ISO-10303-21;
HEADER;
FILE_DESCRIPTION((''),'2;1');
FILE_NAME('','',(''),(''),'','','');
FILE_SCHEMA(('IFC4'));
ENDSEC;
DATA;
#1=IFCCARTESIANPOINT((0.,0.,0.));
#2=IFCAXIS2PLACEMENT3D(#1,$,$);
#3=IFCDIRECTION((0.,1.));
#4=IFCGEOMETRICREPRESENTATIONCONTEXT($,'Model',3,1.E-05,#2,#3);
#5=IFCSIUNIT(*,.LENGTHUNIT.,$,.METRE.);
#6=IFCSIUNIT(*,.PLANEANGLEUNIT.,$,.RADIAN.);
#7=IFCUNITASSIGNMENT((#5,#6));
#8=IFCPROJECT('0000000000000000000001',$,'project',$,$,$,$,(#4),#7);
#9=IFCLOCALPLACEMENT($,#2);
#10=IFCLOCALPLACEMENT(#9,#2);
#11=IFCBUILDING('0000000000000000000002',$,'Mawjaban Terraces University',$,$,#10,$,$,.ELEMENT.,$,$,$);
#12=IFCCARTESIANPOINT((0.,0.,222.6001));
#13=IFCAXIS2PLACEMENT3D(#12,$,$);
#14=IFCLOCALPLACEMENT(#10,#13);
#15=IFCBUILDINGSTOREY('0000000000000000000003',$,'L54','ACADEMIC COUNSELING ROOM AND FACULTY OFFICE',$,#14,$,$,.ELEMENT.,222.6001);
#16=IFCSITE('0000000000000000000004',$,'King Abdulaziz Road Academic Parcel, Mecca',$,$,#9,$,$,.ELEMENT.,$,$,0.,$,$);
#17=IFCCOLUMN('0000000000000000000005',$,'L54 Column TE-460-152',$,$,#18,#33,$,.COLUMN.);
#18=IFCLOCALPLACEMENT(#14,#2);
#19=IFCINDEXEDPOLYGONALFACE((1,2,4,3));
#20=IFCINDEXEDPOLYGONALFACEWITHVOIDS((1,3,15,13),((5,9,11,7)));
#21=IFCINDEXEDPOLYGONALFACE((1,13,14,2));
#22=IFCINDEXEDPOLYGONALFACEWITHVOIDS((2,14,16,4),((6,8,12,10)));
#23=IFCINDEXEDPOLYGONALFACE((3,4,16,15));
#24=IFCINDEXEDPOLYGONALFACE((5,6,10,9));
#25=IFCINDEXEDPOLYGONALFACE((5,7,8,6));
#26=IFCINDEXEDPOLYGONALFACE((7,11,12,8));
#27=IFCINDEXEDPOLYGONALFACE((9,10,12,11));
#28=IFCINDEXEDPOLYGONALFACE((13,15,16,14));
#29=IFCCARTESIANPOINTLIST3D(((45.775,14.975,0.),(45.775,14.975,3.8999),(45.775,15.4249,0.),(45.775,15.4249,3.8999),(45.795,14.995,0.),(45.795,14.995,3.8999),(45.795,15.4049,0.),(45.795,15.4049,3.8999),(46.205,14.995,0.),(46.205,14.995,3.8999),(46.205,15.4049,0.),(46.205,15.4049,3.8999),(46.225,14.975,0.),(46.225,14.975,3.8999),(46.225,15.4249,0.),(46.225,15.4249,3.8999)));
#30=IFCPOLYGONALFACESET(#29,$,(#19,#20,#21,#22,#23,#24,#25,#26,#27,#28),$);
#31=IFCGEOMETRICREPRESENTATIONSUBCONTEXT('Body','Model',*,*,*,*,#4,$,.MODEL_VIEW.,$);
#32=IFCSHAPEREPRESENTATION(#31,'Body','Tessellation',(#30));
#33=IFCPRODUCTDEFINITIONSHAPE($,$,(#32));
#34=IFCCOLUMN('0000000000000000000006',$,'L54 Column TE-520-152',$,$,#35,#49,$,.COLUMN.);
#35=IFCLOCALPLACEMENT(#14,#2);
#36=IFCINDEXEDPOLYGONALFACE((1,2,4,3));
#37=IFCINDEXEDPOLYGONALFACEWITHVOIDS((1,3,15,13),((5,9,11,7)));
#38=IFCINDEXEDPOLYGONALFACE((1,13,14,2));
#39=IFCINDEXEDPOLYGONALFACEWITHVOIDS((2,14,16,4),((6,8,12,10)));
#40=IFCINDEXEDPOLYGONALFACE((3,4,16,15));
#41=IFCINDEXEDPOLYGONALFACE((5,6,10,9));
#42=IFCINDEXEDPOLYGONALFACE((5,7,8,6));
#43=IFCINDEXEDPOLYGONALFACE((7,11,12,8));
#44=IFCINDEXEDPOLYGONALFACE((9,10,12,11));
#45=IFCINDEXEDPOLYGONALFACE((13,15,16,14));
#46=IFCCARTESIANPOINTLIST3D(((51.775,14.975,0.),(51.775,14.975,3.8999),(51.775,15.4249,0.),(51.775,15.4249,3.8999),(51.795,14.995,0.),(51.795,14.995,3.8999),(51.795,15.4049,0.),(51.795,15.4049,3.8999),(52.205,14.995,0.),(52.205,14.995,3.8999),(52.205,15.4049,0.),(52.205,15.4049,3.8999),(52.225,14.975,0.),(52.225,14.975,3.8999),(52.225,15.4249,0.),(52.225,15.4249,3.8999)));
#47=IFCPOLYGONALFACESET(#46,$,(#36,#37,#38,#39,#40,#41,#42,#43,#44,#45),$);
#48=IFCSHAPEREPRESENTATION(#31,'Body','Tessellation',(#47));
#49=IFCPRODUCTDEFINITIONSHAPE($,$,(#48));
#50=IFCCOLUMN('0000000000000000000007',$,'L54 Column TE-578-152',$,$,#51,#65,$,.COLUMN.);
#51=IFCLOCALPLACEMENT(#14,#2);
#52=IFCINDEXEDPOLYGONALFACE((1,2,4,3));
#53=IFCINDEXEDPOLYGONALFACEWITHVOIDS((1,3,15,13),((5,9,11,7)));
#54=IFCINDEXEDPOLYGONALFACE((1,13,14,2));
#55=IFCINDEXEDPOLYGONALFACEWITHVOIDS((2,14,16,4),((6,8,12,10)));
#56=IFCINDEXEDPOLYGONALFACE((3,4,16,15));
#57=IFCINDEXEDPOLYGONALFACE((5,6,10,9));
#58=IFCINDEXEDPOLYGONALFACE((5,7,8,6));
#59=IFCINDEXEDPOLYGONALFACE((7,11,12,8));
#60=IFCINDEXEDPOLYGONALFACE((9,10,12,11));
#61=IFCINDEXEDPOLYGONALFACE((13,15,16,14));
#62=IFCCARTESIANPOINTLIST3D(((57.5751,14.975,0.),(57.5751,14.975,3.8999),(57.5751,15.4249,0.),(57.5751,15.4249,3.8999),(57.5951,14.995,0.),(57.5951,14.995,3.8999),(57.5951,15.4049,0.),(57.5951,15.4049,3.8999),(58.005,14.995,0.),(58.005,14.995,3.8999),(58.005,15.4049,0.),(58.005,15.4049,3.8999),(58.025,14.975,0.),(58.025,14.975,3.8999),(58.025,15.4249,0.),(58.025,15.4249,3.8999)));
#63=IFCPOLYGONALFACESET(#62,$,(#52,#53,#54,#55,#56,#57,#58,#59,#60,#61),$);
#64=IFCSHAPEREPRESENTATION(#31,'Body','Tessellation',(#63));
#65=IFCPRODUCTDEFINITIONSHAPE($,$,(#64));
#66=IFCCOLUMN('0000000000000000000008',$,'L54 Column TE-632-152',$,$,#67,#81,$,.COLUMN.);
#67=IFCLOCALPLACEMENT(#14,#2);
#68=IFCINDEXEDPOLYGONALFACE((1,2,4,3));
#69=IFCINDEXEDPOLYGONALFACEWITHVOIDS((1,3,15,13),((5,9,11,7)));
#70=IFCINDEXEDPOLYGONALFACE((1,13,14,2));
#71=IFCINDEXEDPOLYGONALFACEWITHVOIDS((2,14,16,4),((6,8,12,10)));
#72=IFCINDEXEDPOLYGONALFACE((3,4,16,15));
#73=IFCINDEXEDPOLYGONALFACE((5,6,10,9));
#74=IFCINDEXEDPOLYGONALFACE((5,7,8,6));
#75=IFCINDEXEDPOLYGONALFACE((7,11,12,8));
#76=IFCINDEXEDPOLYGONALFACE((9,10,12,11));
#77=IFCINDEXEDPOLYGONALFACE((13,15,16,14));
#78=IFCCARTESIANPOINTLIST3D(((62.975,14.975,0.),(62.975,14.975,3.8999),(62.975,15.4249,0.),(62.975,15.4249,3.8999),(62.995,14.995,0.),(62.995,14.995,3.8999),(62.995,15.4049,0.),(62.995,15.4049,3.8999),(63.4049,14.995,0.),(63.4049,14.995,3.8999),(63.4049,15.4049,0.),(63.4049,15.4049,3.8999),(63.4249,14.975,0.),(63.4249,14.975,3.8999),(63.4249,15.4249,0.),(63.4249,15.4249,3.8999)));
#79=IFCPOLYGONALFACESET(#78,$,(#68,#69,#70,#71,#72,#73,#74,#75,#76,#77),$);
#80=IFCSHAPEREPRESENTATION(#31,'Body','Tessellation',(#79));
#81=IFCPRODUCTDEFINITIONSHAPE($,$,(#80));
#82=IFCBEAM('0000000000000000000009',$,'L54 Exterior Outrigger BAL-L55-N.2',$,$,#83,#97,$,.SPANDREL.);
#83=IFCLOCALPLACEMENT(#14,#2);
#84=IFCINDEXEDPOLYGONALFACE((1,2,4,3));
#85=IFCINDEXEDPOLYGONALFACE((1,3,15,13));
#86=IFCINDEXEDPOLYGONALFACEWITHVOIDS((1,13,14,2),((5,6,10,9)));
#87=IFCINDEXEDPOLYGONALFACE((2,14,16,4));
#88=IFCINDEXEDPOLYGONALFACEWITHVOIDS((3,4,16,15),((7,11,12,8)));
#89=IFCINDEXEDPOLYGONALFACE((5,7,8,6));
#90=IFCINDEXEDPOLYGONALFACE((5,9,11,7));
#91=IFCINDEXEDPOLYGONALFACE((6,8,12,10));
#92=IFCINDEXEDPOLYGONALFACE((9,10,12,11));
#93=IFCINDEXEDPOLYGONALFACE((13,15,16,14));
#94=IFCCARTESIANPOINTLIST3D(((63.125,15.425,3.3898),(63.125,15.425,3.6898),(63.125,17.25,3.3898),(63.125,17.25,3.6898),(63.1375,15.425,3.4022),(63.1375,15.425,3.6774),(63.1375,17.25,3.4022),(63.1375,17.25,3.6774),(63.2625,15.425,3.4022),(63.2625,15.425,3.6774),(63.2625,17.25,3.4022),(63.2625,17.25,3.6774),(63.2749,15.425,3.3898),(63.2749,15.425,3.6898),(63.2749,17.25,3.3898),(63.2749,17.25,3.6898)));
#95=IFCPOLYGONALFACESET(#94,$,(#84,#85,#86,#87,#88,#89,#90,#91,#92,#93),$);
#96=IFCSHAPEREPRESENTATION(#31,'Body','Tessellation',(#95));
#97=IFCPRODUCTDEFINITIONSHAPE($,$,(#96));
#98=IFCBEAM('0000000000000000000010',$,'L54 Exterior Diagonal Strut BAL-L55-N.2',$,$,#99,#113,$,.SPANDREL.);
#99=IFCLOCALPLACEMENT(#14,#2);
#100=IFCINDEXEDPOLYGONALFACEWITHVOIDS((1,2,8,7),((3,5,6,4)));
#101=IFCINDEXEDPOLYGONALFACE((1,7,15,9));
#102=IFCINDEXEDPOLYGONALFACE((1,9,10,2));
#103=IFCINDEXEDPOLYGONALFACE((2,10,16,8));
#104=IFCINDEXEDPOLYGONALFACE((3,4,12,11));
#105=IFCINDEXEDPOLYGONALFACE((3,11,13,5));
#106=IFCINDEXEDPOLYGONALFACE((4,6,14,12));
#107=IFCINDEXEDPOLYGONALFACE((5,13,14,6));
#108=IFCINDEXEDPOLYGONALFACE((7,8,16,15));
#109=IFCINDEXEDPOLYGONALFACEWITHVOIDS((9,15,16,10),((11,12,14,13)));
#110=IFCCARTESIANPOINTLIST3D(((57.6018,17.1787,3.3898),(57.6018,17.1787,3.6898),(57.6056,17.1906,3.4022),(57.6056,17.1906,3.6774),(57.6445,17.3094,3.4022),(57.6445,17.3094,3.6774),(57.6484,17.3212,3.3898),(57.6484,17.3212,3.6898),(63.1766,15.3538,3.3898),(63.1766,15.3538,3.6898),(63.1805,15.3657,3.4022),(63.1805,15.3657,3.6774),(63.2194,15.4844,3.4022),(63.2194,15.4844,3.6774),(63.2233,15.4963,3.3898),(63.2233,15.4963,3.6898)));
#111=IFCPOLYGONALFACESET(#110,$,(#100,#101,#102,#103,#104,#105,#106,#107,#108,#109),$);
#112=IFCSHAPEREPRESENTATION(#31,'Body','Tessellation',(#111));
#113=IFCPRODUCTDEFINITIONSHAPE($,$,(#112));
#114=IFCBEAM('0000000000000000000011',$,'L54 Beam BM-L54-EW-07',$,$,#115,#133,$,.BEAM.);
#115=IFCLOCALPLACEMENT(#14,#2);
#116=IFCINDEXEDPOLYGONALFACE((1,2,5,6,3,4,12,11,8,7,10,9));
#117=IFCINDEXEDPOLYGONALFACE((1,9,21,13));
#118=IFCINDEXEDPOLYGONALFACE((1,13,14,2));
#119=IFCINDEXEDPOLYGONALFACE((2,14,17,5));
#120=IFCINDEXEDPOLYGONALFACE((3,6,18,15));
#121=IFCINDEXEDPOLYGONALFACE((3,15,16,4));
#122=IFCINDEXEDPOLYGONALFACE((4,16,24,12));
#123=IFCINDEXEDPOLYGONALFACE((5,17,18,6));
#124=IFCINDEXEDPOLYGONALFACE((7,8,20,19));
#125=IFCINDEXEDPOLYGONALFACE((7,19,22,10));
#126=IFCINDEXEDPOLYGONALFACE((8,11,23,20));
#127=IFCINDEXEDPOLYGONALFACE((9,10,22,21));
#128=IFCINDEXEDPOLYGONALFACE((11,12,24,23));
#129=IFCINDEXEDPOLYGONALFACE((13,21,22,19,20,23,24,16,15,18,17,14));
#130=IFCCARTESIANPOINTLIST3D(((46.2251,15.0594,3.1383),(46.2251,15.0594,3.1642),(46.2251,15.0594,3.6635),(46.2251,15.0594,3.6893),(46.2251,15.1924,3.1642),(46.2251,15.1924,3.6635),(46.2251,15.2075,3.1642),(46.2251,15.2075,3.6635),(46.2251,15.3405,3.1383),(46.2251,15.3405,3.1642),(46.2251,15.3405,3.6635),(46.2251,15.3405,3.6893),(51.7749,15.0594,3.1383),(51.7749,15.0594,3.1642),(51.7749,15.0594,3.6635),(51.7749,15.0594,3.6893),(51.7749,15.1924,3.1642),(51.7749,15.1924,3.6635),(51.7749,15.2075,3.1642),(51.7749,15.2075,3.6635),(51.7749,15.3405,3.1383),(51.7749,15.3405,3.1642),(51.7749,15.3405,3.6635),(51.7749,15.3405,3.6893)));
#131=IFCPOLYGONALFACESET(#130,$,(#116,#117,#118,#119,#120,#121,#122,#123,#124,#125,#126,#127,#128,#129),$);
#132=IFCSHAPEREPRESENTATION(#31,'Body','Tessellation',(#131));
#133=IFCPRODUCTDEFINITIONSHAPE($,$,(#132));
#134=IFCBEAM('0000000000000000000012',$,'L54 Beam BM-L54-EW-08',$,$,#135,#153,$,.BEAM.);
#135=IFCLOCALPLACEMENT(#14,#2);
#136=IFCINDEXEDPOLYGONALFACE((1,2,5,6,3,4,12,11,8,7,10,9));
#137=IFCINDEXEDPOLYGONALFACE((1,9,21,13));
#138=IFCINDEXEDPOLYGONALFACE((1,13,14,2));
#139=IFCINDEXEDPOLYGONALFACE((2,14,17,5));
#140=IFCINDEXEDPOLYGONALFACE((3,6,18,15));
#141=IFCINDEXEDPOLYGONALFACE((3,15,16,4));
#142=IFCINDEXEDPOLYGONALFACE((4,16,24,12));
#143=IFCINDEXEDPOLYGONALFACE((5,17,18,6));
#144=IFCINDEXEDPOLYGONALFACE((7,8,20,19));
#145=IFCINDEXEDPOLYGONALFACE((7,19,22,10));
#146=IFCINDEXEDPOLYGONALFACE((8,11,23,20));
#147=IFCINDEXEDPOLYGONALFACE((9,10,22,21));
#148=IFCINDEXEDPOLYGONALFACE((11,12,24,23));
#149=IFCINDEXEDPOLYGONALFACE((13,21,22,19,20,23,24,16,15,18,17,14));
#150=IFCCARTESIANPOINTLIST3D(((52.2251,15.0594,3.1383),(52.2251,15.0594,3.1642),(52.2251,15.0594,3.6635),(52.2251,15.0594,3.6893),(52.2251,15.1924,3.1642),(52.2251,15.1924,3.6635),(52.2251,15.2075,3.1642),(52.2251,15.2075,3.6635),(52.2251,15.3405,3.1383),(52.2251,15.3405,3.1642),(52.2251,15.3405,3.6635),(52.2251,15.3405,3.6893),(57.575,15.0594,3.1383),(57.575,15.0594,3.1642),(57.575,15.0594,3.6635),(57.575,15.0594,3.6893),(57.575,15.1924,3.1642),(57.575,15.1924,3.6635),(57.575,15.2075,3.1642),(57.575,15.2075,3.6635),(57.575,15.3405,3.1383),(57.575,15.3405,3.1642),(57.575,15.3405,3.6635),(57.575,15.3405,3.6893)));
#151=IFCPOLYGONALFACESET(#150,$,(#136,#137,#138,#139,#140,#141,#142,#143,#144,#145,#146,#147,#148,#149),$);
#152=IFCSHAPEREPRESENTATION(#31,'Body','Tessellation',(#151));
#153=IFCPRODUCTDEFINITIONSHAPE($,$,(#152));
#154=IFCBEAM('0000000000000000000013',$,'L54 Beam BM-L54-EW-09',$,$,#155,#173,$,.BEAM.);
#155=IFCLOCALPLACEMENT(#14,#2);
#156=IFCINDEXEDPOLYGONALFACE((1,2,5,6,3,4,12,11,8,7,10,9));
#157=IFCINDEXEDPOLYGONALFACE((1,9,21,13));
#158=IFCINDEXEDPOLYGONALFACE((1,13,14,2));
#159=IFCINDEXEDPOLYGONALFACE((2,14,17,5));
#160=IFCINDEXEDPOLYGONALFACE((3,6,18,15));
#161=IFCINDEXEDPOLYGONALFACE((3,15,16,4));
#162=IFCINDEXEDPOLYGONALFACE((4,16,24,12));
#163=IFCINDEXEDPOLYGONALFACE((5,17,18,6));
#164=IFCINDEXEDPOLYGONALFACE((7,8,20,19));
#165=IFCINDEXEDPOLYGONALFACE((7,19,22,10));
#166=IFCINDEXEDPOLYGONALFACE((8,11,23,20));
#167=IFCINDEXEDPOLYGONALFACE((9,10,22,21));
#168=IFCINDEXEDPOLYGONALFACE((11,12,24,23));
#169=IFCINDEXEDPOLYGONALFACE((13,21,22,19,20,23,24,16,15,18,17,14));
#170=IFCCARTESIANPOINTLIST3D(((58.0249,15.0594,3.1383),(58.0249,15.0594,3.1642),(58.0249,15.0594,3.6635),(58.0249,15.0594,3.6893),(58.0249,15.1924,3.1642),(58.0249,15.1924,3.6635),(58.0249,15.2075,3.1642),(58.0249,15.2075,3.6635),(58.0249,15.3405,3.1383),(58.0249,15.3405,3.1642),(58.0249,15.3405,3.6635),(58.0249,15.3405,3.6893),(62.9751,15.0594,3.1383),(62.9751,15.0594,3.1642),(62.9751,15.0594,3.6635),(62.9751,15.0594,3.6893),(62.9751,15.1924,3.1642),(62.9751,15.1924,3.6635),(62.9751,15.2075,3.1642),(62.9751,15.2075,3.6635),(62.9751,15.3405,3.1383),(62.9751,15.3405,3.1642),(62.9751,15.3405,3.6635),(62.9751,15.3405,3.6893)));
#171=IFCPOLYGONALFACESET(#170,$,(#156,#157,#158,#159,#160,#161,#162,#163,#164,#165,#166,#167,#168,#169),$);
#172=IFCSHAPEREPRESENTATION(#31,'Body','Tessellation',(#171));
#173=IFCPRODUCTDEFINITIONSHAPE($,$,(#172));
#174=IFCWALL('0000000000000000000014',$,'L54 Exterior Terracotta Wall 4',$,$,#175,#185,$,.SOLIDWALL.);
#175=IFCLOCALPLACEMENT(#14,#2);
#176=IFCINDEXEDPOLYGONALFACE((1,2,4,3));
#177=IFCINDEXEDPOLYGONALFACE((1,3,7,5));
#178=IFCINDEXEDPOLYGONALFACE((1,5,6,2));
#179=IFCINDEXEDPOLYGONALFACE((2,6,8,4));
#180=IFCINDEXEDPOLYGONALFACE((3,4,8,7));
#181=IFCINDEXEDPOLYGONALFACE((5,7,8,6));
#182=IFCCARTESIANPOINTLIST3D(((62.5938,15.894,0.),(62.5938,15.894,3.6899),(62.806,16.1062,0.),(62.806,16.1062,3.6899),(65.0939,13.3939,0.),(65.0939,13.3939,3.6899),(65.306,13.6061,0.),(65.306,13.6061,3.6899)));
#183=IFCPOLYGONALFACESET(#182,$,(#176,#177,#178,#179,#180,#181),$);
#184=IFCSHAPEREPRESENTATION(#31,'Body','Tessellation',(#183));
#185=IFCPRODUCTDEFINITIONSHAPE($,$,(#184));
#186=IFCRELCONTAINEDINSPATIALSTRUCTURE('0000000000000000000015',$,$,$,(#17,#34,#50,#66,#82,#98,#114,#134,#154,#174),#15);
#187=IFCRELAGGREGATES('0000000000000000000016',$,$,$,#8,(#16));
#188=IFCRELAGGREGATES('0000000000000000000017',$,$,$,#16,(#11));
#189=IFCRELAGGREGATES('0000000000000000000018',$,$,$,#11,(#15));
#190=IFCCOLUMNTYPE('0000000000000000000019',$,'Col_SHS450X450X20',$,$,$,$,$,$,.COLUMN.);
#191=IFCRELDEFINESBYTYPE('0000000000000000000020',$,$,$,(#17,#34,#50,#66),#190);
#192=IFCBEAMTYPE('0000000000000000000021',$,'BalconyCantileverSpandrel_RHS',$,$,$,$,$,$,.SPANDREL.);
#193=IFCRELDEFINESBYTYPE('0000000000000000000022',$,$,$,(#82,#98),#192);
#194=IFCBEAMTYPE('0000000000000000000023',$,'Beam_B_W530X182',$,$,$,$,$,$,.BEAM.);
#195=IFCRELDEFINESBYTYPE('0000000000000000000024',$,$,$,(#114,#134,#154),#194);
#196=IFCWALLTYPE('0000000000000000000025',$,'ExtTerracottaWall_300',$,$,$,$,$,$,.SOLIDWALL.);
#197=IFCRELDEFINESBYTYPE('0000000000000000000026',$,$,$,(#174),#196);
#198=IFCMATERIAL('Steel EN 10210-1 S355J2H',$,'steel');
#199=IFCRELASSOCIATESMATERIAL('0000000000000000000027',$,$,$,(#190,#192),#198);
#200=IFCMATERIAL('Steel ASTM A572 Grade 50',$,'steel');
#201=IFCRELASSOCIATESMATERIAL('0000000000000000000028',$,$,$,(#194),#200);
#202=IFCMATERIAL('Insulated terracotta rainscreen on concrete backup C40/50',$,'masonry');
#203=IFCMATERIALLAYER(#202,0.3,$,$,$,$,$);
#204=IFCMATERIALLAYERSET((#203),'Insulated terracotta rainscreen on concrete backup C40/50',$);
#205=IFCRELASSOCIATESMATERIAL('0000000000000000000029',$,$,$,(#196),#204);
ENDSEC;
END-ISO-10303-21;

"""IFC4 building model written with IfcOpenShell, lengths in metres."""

from ifc_helpers import new_model, si_unit, direction, frame, frame_2d, origin, origin_2d, place, context, subcontext, project, spatial, rectangle, hollow_rectangle, i_section, extrude, material, layer, layer_set, material_profile, profile_set, type_object, element, save


model = new_model("IFC4")

# Units and contexts
model_context = context("Model", 3, precision=1e-05, world=origin(), true_north=direction((0.0, 1.0)))
body_context = subcontext(model_context, "Body", "Model", "MODEL_VIEW")
ifc_project = project(units=[si_unit("LENGTHUNIT", "METRE"), si_unit("PLANEANGLEUNIT", "RADIAN")], contexts=[model_context])

# Site, building, storey
site_placement = place(None, origin())
site = spatial("IfcSite", under=ifc_project, at=site_placement, Name="King Abdulaziz Road Academic Parcel, Mecca", CompositionType="ELEMENT", RefElevation=0.0)
building_placement = place(site_placement, origin())
building = spatial("IfcBuilding", under=site, at=building_placement, Name="Mawjaban Terraces University", CompositionType="ELEMENT")
storey_placement = place(building_placement, frame((0.0, 0.0, 222.6001)))
storey = spatial("IfcBuildingStorey", under=building, at=storey_placement, Name="L54", Description="ACADEMIC COUNSELING ROOM AND FACULTY OFFICE", CompositionType="ELEMENT", Elevation=222.6001)

# Columns
ifc_material_1 = material(Name="Steel EN 10210-1 S355J2H", Category="steel")
ifc_material_profile_1 = material_profile(ifc_material_1, hollow_rectangle(XDim=0.45, YDim=0.45, WallThickness=0.02, at=origin_2d()), Name="SHS450X450X20")
ifc_profile_set_1 = profile_set([ifc_material_profile_1], Name="Steel EN 10210-1 S355J2H")
column_type = type_object("IfcColumnType", Name="Col_SHS450X450X20", PredefinedType="COLUMN", material=ifc_profile_set_1)
for number, where, z_axis, x_axis, name in (
    (1, (46.0, 15.2, 0.0), (0.0, 0.0, 1.0), (1.0, 0.0, 0.0), "L54 Column TE-460-152"),
    (2, (52.0, 15.2, 0.0), (0.0, 0.0, 1.0), (1.0, 0.0, 0.0), "L54 Column TE-520-152"),
    (3, (57.8, 15.2, 0.0), (0.0, 0.0, 1.0), (1.0, 0.0, 0.0), "L54 Column TE-578-152"),
    (4, (63.2, 15.2, 0.0), (0.0, 0.0, 1.0), (1.0, 0.0, 0.0), "L54 Column TE-632-152"),
):
    element("IfcColumn", number, at=place(storey_placement, frame(where, z_axis=z_axis, x_axis=x_axis)), inside=storey, type_object=column_type, Name=name, PredefinedType="COLUMN", context=body_context, shape_type="SweptSolid", body=[
        extrude(hollow_rectangle(XDim=0.45, YDim=0.45, WallThickness=0.02, at=origin_2d()), origin(), (0.0, 0.0, 1.0), 3.8999),
    ])

# Beams
ifc_material_profile_2 = material_profile(ifc_material_1, hollow_rectangle(XDim=0.1499, YDim=0.3, WallThickness=0.0125, at=origin_2d()), Name="RHS300X150X12.5")
ifc_profile_set_2 = profile_set([ifc_material_profile_2], Name="Steel EN 10210-1 S355J2H")
beam_type_1 = type_object("IfcBeamType", Name="BalconyCantileverSpandrel_RHS", PredefinedType="SPANDREL", material=ifc_profile_set_2)
beam_1_placement = place(storey_placement, frame((63.2, 15.425, 3.5398), z_axis=(0.0, 1.0, 0.0), x_axis=(-1.0, 0.0, 0.0)))
element("IfcBeam", 5, at=beam_1_placement, inside=storey, type_object=beam_type_1, Name="L54 Exterior Outrigger BAL-L55-N.2", PredefinedType="SPANDREL", context=body_context, shape_type="SweptSolid", body=[
    extrude(hollow_rectangle(XDim=0.1499, YDim=0.3, WallThickness=0.0125, at=origin_2d()), origin(), (0.0, 0.0, 1.0), 1.825),
])
beam_2_placement = place(storey_placement, frame((63.2, 15.425, 3.5398), z_axis=(-0.950376, 0.311104, 0.0), x_axis=(-0.311104, -0.950376, 0.0)))
element("IfcBeam", 6, at=beam_2_placement, inside=storey, type_object=beam_type_1, Name="L54 Exterior Diagonal Strut BAL-L55-N.2", PredefinedType="SPANDREL", context=body_context, shape_type="SweptSolid", body=[
    extrude(hollow_rectangle(XDim=0.1499, YDim=0.3, WallThickness=0.0125, at=origin_2d()), origin(), (0.0, 0.0, 1.0), 5.866),
])
ifc_material_2 = material(Name="Steel ASTM A572 Grade 50", Category="steel")
ifc_material_profile_3 = material_profile(ifc_material_2, i_section(OverallWidth=0.281, OverallDepth=0.551, WebThickness=0.0151, FlangeThickness=0.0259, at=origin_2d()), Name="W530X182")
ifc_profile_set_3 = profile_set([ifc_material_profile_3], Name="Steel ASTM A572 Grade 50")
beam_type_2 = type_object("IfcBeamType", Name="Beam_B_W530X182", PredefinedType="BEAM", material=ifc_profile_set_3)
beam_3_placement = place(storey_placement, frame((46.2251, 15.2, 3.4138), z_axis=(1.0, 0.0, 0.0), x_axis=(0.0, 1.0, 0.0)))
element("IfcBeam", 7, at=beam_3_placement, inside=storey, type_object=beam_type_2, Name="L54 Beam BM-L54-EW-07", PredefinedType="BEAM", context=body_context, shape_type="SweptSolid", body=[
    extrude(i_section(OverallWidth=0.281, OverallDepth=0.551, WebThickness=0.0151, FlangeThickness=0.0259, at=origin_2d()), origin(), (0.0, 0.0, 1.0), 5.5498),
])
beam_4_placement = place(storey_placement, frame((52.2251, 15.2, 3.4138), z_axis=(1.0, 0.0, 0.0), x_axis=(0.0, 1.0, 0.0)))
element("IfcBeam", 8, at=beam_4_placement, inside=storey, type_object=beam_type_2, Name="L54 Beam BM-L54-EW-08", PredefinedType="BEAM", context=body_context, shape_type="SweptSolid", body=[
    extrude(i_section(OverallWidth=0.281, OverallDepth=0.551, WebThickness=0.0151, FlangeThickness=0.0259, at=origin_2d()), origin(), (0.0, 0.0, 1.0), 5.3499),
])
beam_5_placement = place(storey_placement, frame((58.0249, 15.2, 3.4138), z_axis=(1.0, 0.0, 0.0), x_axis=(0.0, 1.0, 0.0)))
element("IfcBeam", 9, at=beam_5_placement, inside=storey, type_object=beam_type_2, Name="L54 Beam BM-L54-EW-09", PredefinedType="BEAM", context=body_context, shape_type="SweptSolid", body=[
    extrude(i_section(OverallWidth=0.281, OverallDepth=0.551, WebThickness=0.0151, FlangeThickness=0.0259, at=origin_2d()), origin(), (0.0, 0.0, 1.0), 4.9502),
])

# Wall
ifc_material_3 = material(Name="Insulated terracotta rainscreen on concrete backup C40/50", Category="masonry")
ifc_layer_1 = layer(ifc_material_3, 0.3)
ifc_layer_set_1 = layer_set([ifc_layer_1], Name="Insulated terracotta rainscreen on concrete backup C40/50")
wall_type = type_object("IfcWallType", Name="ExtTerracottaWall_300", PredefinedType="SOLIDWALL", material=ifc_layer_set_1)
wall_1_placement = place(storey_placement, frame((65.2, 13.5, 0.0), z_axis=(0.0, 0.0, 1.0), x_axis=(-0.707107, 0.707107, 0.0)))
element("IfcWall", 10, at=wall_1_placement, inside=storey, type_object=wall_type, Name="L54 Exterior Terracotta Wall 4", PredefinedType="SOLIDWALL", context=body_context, shape_type="SweptSolid", body=[
    extrude(rectangle(XDim=3.5356, YDim=0.3, at=frame_2d((1.7678, 0.0))), origin(), (0.0, 0.0, 1.0), 3.6899),
])

save(model, "model.ifc")
